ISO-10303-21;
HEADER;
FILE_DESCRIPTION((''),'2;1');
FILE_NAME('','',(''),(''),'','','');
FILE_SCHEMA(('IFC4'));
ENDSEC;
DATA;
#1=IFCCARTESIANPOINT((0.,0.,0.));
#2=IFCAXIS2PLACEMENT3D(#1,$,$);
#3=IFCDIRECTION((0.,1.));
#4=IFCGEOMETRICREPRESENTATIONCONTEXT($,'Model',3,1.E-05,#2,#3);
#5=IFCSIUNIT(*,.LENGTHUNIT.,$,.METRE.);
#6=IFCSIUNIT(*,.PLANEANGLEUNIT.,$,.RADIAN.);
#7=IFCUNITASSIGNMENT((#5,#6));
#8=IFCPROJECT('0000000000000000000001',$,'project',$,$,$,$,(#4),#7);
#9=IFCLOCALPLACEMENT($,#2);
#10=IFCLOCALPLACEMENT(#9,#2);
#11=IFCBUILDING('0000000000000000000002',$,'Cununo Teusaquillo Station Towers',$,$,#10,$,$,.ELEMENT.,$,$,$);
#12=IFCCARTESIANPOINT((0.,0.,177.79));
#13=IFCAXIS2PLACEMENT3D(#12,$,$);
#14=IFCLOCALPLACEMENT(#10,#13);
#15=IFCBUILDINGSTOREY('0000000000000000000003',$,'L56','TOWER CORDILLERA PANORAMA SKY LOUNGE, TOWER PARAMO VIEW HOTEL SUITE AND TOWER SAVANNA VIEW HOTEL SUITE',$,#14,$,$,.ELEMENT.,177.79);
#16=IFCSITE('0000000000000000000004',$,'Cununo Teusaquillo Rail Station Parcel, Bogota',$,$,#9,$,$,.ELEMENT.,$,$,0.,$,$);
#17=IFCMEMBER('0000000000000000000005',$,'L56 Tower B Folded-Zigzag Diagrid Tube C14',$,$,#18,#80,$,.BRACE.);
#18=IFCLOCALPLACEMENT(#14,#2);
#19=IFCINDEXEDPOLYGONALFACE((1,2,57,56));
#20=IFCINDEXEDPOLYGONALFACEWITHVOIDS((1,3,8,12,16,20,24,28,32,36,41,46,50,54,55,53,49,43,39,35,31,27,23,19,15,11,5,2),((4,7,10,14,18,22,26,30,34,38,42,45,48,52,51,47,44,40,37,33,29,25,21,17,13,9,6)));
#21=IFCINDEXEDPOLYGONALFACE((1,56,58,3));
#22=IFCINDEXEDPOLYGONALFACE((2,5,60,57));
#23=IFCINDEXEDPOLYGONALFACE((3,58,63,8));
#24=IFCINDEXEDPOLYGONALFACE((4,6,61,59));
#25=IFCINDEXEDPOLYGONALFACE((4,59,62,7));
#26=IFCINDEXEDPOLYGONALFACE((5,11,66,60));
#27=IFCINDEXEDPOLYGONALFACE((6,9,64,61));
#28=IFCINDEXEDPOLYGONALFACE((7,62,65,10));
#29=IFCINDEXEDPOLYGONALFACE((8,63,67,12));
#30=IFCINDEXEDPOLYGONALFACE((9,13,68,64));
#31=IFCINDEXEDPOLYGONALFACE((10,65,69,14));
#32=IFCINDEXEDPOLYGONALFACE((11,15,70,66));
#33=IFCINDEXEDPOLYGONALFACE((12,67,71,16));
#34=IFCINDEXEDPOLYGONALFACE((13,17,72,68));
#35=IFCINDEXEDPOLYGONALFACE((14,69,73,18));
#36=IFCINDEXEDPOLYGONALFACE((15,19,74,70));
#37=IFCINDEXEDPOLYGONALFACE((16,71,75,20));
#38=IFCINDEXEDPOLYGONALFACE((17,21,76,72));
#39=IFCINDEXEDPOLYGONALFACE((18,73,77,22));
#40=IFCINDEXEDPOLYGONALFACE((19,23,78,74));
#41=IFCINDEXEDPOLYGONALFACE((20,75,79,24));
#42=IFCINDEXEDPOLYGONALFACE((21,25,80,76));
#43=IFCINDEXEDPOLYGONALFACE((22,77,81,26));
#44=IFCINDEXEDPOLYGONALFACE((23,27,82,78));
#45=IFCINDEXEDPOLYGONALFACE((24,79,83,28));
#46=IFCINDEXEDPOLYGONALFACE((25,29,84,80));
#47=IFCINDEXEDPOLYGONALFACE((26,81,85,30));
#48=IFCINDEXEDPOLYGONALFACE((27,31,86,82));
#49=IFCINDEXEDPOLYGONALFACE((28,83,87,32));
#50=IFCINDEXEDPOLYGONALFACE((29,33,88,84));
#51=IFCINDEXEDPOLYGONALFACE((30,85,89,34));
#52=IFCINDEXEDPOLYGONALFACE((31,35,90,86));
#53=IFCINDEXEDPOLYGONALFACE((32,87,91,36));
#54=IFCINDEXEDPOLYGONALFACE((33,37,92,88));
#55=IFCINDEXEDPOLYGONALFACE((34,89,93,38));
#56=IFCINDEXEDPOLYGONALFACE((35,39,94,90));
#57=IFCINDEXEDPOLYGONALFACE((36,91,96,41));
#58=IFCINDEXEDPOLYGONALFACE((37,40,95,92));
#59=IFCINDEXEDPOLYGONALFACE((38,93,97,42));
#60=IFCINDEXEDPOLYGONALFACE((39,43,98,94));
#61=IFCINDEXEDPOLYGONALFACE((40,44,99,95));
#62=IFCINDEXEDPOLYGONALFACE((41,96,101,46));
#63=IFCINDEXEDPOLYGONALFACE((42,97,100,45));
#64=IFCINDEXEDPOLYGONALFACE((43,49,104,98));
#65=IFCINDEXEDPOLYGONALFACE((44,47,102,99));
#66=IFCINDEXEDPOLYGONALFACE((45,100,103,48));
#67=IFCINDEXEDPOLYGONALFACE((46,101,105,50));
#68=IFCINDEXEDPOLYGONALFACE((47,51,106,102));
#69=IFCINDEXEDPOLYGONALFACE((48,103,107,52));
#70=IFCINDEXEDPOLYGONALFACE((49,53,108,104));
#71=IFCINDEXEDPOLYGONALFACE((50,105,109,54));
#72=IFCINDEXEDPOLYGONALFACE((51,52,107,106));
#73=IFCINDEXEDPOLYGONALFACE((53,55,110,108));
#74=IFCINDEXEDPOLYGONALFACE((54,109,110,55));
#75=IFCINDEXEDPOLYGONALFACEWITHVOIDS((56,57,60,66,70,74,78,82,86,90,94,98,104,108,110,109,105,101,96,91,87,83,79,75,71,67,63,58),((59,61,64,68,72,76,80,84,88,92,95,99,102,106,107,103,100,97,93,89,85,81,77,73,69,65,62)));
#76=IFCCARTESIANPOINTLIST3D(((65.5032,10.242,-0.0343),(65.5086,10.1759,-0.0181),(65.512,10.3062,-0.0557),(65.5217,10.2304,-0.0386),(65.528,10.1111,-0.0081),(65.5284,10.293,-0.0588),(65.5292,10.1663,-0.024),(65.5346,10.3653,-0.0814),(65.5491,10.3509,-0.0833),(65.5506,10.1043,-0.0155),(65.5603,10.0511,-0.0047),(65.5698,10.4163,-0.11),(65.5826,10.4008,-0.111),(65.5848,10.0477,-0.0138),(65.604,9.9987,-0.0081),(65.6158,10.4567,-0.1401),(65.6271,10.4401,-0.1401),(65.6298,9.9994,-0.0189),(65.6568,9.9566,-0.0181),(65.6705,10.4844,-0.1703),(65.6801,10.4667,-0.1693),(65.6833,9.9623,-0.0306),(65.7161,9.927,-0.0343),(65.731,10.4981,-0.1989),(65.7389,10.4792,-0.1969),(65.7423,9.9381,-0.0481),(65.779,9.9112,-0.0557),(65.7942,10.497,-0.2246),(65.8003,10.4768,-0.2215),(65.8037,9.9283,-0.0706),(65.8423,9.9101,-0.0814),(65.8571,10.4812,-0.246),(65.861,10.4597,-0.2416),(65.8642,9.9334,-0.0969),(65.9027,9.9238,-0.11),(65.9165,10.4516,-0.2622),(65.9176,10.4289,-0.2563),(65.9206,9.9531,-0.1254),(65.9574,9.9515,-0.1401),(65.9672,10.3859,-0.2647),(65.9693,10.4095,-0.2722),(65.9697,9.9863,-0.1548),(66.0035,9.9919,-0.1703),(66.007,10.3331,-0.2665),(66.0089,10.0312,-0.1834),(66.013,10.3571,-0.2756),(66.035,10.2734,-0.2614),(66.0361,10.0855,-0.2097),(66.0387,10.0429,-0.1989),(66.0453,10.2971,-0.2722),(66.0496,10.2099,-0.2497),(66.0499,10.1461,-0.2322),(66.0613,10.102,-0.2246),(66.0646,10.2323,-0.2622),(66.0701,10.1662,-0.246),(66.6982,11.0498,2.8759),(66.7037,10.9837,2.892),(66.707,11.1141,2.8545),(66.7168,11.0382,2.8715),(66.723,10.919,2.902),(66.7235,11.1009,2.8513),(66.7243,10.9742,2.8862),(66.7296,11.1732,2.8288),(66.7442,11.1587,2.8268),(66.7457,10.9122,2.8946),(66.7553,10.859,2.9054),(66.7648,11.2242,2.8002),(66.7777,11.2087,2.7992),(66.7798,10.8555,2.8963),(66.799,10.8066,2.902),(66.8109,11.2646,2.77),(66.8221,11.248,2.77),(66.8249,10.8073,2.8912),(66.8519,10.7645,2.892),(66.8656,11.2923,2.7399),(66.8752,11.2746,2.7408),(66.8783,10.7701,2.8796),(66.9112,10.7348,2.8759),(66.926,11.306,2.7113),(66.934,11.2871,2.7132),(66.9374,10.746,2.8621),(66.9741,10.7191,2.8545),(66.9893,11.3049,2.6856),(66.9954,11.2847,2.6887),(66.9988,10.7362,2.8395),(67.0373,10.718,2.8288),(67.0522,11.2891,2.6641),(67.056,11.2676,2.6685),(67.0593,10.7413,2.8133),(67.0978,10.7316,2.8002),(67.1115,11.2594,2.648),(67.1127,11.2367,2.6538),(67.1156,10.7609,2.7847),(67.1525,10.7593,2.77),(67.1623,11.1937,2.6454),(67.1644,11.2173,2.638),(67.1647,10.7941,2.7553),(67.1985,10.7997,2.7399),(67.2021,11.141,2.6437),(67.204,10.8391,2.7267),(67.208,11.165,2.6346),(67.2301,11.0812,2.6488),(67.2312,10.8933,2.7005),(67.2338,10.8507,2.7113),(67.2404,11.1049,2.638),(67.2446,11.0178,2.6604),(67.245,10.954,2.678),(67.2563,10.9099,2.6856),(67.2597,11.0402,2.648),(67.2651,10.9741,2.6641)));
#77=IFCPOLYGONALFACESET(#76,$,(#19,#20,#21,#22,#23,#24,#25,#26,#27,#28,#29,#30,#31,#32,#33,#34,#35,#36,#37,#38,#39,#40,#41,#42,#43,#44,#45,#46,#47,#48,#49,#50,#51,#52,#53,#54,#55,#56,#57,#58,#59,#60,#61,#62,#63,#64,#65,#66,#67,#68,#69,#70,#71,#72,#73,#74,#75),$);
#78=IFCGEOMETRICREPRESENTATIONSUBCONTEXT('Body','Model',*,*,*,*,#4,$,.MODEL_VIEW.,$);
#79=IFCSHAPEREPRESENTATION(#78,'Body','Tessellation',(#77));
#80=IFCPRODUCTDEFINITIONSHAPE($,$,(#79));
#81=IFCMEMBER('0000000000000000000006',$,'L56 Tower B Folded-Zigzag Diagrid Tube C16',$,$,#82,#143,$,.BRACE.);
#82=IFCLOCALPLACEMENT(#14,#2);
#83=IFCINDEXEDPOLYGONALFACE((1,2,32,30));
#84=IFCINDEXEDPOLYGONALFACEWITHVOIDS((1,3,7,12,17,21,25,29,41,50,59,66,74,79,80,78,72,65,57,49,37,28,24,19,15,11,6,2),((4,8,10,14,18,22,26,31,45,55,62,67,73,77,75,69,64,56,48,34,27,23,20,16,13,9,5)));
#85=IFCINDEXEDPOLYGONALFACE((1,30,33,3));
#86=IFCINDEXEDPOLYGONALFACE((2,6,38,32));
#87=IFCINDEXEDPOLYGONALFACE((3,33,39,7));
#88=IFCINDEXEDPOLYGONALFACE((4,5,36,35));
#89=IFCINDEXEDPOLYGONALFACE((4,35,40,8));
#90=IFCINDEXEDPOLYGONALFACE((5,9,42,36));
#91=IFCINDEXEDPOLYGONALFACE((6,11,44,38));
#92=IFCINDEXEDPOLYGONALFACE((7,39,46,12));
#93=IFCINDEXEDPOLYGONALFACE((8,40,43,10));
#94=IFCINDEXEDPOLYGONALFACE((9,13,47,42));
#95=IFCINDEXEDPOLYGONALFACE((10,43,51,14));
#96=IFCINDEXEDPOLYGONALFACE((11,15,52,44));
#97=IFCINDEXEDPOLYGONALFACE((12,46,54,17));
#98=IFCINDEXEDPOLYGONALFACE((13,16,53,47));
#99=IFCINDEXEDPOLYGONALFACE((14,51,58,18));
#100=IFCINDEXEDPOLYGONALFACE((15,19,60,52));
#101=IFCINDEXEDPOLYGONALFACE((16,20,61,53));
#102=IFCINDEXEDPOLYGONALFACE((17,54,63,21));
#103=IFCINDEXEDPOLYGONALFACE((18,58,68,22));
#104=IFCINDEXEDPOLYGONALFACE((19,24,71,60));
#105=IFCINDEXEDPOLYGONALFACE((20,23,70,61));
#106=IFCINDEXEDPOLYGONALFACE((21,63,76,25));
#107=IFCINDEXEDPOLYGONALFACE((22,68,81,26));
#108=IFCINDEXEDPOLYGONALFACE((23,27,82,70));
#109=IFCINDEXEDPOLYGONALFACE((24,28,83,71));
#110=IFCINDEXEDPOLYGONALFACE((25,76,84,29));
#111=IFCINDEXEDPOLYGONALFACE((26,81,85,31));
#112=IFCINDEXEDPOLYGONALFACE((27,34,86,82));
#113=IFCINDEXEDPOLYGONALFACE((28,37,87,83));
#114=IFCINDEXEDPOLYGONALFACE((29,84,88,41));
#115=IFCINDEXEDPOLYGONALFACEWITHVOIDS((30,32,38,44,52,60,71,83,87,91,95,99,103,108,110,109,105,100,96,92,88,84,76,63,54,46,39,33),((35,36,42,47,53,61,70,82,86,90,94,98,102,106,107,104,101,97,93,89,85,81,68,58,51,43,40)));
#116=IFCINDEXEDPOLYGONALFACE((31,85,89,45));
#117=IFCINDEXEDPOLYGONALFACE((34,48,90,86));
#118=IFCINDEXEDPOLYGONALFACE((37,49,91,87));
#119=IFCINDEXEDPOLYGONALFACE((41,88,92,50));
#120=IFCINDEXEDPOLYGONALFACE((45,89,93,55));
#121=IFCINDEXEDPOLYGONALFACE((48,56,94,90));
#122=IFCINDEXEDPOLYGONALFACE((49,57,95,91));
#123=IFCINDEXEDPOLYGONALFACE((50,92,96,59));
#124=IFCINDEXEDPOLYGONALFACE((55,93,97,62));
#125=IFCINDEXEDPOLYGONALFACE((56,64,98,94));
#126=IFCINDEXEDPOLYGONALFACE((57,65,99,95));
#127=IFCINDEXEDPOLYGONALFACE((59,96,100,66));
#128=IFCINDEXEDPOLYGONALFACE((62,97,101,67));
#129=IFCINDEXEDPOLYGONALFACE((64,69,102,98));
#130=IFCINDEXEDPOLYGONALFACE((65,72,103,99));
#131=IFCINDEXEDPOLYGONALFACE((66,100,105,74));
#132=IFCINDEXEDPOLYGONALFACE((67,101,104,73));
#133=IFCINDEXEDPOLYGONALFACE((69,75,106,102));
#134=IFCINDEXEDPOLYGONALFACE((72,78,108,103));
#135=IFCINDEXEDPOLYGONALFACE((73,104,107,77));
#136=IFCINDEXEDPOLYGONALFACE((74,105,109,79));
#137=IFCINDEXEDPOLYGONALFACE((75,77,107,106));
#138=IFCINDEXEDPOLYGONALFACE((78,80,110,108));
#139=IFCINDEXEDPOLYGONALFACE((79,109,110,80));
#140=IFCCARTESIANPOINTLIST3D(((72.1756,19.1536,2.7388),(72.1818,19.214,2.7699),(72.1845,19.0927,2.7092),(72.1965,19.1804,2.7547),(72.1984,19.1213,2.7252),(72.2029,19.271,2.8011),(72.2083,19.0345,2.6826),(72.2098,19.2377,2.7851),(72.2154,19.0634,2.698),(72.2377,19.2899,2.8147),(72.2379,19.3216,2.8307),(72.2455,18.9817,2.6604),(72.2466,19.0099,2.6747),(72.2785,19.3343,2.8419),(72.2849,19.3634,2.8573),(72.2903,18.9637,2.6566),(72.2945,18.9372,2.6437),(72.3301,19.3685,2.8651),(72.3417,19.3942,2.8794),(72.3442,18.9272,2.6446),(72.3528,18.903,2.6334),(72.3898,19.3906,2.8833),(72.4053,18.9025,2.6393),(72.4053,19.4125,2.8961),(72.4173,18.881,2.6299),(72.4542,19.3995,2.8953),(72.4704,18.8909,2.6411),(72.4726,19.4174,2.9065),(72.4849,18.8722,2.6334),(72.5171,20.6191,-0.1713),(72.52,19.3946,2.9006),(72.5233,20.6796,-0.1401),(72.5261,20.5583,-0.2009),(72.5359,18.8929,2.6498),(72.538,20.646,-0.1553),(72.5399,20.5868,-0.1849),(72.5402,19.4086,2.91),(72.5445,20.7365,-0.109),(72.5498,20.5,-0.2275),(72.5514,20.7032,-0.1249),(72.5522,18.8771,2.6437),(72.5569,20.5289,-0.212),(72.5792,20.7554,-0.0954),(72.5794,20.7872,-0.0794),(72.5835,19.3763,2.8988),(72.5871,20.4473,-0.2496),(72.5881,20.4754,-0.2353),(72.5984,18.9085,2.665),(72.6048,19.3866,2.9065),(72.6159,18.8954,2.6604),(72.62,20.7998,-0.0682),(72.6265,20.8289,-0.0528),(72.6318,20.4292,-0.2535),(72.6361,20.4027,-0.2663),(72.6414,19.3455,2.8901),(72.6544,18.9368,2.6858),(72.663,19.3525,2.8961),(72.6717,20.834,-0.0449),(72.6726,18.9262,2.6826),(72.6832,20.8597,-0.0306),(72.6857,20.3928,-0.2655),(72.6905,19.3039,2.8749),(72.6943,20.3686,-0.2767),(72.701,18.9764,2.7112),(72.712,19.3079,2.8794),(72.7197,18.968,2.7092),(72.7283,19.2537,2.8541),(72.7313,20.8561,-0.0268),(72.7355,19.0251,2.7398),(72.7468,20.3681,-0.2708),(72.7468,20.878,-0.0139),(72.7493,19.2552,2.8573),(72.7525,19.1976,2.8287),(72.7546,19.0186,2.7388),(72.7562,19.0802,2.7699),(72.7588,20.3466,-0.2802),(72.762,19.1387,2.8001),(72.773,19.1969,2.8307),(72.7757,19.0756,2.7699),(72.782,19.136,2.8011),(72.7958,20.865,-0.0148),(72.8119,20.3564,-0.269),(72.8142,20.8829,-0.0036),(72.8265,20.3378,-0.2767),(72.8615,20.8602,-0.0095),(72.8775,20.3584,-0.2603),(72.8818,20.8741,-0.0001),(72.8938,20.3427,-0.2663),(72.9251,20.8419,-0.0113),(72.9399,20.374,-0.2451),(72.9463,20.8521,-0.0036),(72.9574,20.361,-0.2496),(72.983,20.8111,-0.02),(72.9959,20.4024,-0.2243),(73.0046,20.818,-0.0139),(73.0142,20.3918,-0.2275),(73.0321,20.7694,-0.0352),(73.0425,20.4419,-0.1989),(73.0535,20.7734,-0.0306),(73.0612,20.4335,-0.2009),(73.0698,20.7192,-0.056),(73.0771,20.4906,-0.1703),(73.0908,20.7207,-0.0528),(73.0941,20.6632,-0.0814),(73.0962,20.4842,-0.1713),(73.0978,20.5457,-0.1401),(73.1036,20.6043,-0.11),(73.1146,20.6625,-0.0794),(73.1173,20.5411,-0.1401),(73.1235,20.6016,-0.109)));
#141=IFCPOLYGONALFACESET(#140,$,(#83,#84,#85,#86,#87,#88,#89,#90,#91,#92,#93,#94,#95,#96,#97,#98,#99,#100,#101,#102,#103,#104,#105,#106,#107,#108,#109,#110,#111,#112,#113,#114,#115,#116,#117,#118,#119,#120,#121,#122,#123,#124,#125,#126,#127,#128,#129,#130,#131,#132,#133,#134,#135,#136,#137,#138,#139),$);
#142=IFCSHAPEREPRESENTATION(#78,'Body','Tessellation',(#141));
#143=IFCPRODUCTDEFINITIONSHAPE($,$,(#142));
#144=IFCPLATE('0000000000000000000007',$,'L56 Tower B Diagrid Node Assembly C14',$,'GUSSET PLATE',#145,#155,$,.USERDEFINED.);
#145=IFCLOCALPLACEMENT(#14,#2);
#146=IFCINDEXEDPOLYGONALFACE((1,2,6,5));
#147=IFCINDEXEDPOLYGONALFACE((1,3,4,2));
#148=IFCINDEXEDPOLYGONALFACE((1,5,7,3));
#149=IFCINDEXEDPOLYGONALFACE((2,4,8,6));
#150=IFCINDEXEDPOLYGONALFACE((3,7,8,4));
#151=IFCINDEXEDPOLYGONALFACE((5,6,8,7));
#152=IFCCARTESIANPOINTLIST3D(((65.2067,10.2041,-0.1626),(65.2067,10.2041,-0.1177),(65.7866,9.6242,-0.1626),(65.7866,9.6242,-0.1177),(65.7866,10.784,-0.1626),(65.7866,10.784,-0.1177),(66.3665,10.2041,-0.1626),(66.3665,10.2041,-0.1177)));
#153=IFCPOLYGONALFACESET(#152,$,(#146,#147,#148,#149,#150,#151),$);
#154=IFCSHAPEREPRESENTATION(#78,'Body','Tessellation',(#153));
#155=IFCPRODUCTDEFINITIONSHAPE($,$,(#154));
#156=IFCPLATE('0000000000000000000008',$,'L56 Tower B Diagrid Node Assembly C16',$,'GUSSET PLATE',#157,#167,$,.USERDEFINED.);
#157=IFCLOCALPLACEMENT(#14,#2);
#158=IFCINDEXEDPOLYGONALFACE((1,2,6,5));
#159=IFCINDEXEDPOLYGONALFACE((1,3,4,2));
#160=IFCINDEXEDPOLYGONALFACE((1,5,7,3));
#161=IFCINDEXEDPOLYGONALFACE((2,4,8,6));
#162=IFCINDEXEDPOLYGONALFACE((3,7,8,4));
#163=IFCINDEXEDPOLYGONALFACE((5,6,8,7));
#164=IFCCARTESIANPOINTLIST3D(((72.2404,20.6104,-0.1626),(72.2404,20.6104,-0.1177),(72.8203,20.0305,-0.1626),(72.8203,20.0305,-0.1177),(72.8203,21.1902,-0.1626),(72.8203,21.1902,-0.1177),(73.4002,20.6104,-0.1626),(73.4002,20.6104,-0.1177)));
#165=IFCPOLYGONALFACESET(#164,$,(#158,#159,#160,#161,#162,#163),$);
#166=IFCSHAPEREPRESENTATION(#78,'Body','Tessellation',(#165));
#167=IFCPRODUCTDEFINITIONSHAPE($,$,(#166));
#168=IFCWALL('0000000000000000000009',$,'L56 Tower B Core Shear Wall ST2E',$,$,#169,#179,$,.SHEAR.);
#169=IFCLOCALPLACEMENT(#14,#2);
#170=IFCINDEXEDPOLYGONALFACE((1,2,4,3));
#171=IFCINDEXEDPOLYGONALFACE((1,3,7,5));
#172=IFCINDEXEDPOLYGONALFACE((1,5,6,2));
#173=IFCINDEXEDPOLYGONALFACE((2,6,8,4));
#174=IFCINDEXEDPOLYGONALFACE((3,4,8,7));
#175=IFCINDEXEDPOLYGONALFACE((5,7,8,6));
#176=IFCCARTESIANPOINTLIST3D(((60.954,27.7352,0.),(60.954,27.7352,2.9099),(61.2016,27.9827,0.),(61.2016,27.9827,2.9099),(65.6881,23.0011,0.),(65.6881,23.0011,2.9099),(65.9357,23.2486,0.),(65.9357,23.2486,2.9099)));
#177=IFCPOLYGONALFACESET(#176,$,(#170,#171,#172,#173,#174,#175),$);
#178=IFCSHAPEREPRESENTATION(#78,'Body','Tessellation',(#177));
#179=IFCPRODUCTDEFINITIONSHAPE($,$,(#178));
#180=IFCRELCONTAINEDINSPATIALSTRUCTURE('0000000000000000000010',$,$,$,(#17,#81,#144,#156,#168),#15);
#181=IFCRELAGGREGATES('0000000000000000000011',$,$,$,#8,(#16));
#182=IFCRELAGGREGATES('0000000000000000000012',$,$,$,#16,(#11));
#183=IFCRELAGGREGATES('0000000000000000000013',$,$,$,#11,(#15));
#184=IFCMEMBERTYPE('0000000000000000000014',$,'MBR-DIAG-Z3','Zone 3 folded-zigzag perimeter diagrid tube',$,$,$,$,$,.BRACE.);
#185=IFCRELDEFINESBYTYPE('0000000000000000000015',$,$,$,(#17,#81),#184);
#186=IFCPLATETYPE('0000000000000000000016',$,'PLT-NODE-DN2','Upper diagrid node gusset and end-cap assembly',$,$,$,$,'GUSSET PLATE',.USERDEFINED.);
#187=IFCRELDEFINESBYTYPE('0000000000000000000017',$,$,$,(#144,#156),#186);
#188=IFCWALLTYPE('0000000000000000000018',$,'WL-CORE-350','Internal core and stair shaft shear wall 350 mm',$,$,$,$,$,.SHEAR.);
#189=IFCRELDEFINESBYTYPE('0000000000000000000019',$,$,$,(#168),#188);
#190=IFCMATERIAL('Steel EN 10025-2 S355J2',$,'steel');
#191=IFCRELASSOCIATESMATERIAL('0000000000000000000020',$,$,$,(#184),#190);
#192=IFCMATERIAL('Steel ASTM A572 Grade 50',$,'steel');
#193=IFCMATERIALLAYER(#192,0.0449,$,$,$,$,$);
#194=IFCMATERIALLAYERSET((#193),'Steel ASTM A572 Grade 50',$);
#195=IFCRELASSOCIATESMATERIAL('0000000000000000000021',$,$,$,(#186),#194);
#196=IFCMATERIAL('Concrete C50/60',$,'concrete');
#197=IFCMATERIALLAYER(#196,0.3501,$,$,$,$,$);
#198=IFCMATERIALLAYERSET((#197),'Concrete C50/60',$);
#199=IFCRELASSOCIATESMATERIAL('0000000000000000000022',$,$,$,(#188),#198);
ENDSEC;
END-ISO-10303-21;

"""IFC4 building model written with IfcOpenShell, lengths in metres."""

from ifc_helpers import new_model, si_unit, direction, frame, frame_2d, origin, origin_2d, place, context, subcontext, project, spatial, rectangle, hollow_circle, extrude, source, transform, mapped, material, layer, layer_set, material_profile, profile_set, type_object, element, save


model = new_model("IFC4")

# Units and contexts
model_context = context("Model", 3, precision=1e-05, world=origin(), true_north=direction((0.0, 1.0)))
body_context = subcontext(model_context, "Body", "Model", "MODEL_VIEW")
ifc_project = project(units=[si_unit("LENGTHUNIT", "METRE"), si_unit("PLANEANGLEUNIT", "RADIAN")], contexts=[model_context])

# Site, building, storey
site_placement = place(None, origin())
site = spatial("IfcSite", under=ifc_project, at=site_placement, Name="Cununo Teusaquillo Rail Station Parcel, Bogota", CompositionType="ELEMENT", RefElevation=0.0)
building_placement = place(site_placement, origin())
building = spatial("IfcBuilding", under=site, at=building_placement, Name="Cununo Teusaquillo Station Towers", CompositionType="ELEMENT")
storey_placement = place(building_placement, frame((0.0, 0.0, 177.79)))
storey = spatial("IfcBuildingStorey", under=building, at=storey_placement, Name="L56", Description="TOWER CORDILLERA PANORAMA SKY LOUNGE, TOWER PARAMO VIEW HOTEL SUITE AND TOWER SAVANNA VIEW HOTEL SUITE", CompositionType="ELEMENT", Elevation=177.79)

# Members
ifc_material_1 = material(Name="Steel EN 10025-2 S355J2", Category="steel")
ifc_material_profile_1 = material_profile(ifc_material_1, hollow_circle(Radius=0.3049, WallThickness=0.02, at=origin_2d()), Name="CHS 610x20")
ifc_profile_set_1 = profile_set([ifc_material_profile_1], Name="Steel EN 10025-2 S355J2")
member_type = type_object("IfcMemberType", Name="MBR-DIAG-Z3", Description="Zone 3 folded-zigzag perimeter diagrid tube", PredefinedType="BRACE", material=ifc_profile_set_1)
member_1_placement = place(storey_placement, frame((65.7866, 10.2041, -0.1401), z_axis=(0.367934, 0.248722, 0.89597), x_axis=(-0.56004, 0.828466, 0.0)))
element("IfcMember", 1, at=member_1_placement, inside=storey, type_object=member_type, Name="L56 Tower B Folded-Zigzag Diagrid Tube C14", PredefinedType="BRACE", context=body_context, shape_type="SweptSolid", body=[
    extrude(hollow_circle(Radius=0.3049, WallThickness=0.02, at=origin_2d()), origin(), (0.0, 0.0, 1.0), 3.248),
])
member_2_placement = place(storey_placement, frame((72.8203, 20.6104, -0.1401), z_axis=(-0.104252, -0.447338, 0.888268), x_axis=(0.973902, -0.226968, 0.0)))
element("IfcMember", 2, at=member_2_placement, inside=storey, type_object=member_type, Name="L56 Tower B Folded-Zigzag Diagrid Tube C16", PredefinedType="BRACE", context=body_context, shape_type="SweptSolid", body=[
    extrude(hollow_circle(Radius=0.3049, WallThickness=0.02, at=origin_2d()), origin(), (0.0, 0.0, 1.0), 3.2761),
])

# Plates
ifc_material_2 = material(Name="Steel ASTM A572 Grade 50", Category="steel")
ifc_layer_1 = layer(ifc_material_2, 0.0449)
ifc_layer_set_1 = layer_set([ifc_layer_1], Name="Steel ASTM A572 Grade 50")
plate_type = type_object("IfcPlateType", Name="PLT-NODE-DN2", Description="Upper diagrid node gusset and end-cap assembly", ElementType="GUSSET PLATE", PredefinedType="USERDEFINED", material=ifc_layer_set_1)
shared_shape_1 = source(origin(), body_context, "Body", "SweptSolid", [
    extrude(rectangle(XDim=0.8201, YDim=0.8201, at=origin_2d()), origin(), (0.0, 0.0, 1.0), 0.0449),
])
for number, where, z_axis, x_axis, name in (
    (3, (65.7866, 10.2041, -0.1626), (0.0, 0.0, 1.0), (0.707107, 0.707107, 0.0), "L56 Tower B Diagrid Node Assembly C14"),
    (4, (72.8203, 20.6104, -0.1626), (0.0, 0.0, 1.0), (0.707107, 0.707107, 0.0), "L56 Tower B Diagrid Node Assembly C16"),
):
    element("IfcPlate", number, at=place(storey_placement, frame(where, z_axis=z_axis, x_axis=x_axis)), inside=storey, type_object=plate_type, Name=name, ObjectType="GUSSET PLATE", PredefinedType="USERDEFINED", context=body_context, shape_type="MappedRepresentation", body=[
        mapped(shared_shape_1, transform((0.0, 0.0, 0.0), x_axis=(1.0, 0.0, 0.0), y_axis=(0.0, 1.0, 0.0), z_axis=(0.0, 0.0, 1.0), scale=1.0)),
    ])

# Wall
ifc_material_3 = material(Name="Concrete C50/60", Category="concrete")
ifc_layer_2 = layer(ifc_material_3, 0.3501)
ifc_layer_set_2 = layer_set([ifc_layer_2], Name="Concrete C50/60")
wall_type_1 = type_object("IfcWallType", Name="WL-CORE-350", Description="Internal core and stair shaft shear wall 350 mm", PredefinedType="SHEAR", material=ifc_layer_set_2)
wall_1_placement = place(storey_placement, frame((65.812, 23.1248, 0.0), z_axis=(0.0, 0.0, 1.0), x_axis=(-0.707107, 0.707107, 0.0)))
element("IfcWall", 5, at=wall_1_placement, inside=storey, type_object=wall_type_1, Name="L56 Tower B Core Shear Wall ST2E", PredefinedType="SHEAR", context=body_context, shape_type="SweptSolid", body=[
    extrude(rectangle(XDim=6.6951, YDim=0.3501, at=frame_2d((3.3477, 0.0))), origin(), (0.0, 0.0, 1.0), 2.9099),
])

save(model, "model.ifc")
